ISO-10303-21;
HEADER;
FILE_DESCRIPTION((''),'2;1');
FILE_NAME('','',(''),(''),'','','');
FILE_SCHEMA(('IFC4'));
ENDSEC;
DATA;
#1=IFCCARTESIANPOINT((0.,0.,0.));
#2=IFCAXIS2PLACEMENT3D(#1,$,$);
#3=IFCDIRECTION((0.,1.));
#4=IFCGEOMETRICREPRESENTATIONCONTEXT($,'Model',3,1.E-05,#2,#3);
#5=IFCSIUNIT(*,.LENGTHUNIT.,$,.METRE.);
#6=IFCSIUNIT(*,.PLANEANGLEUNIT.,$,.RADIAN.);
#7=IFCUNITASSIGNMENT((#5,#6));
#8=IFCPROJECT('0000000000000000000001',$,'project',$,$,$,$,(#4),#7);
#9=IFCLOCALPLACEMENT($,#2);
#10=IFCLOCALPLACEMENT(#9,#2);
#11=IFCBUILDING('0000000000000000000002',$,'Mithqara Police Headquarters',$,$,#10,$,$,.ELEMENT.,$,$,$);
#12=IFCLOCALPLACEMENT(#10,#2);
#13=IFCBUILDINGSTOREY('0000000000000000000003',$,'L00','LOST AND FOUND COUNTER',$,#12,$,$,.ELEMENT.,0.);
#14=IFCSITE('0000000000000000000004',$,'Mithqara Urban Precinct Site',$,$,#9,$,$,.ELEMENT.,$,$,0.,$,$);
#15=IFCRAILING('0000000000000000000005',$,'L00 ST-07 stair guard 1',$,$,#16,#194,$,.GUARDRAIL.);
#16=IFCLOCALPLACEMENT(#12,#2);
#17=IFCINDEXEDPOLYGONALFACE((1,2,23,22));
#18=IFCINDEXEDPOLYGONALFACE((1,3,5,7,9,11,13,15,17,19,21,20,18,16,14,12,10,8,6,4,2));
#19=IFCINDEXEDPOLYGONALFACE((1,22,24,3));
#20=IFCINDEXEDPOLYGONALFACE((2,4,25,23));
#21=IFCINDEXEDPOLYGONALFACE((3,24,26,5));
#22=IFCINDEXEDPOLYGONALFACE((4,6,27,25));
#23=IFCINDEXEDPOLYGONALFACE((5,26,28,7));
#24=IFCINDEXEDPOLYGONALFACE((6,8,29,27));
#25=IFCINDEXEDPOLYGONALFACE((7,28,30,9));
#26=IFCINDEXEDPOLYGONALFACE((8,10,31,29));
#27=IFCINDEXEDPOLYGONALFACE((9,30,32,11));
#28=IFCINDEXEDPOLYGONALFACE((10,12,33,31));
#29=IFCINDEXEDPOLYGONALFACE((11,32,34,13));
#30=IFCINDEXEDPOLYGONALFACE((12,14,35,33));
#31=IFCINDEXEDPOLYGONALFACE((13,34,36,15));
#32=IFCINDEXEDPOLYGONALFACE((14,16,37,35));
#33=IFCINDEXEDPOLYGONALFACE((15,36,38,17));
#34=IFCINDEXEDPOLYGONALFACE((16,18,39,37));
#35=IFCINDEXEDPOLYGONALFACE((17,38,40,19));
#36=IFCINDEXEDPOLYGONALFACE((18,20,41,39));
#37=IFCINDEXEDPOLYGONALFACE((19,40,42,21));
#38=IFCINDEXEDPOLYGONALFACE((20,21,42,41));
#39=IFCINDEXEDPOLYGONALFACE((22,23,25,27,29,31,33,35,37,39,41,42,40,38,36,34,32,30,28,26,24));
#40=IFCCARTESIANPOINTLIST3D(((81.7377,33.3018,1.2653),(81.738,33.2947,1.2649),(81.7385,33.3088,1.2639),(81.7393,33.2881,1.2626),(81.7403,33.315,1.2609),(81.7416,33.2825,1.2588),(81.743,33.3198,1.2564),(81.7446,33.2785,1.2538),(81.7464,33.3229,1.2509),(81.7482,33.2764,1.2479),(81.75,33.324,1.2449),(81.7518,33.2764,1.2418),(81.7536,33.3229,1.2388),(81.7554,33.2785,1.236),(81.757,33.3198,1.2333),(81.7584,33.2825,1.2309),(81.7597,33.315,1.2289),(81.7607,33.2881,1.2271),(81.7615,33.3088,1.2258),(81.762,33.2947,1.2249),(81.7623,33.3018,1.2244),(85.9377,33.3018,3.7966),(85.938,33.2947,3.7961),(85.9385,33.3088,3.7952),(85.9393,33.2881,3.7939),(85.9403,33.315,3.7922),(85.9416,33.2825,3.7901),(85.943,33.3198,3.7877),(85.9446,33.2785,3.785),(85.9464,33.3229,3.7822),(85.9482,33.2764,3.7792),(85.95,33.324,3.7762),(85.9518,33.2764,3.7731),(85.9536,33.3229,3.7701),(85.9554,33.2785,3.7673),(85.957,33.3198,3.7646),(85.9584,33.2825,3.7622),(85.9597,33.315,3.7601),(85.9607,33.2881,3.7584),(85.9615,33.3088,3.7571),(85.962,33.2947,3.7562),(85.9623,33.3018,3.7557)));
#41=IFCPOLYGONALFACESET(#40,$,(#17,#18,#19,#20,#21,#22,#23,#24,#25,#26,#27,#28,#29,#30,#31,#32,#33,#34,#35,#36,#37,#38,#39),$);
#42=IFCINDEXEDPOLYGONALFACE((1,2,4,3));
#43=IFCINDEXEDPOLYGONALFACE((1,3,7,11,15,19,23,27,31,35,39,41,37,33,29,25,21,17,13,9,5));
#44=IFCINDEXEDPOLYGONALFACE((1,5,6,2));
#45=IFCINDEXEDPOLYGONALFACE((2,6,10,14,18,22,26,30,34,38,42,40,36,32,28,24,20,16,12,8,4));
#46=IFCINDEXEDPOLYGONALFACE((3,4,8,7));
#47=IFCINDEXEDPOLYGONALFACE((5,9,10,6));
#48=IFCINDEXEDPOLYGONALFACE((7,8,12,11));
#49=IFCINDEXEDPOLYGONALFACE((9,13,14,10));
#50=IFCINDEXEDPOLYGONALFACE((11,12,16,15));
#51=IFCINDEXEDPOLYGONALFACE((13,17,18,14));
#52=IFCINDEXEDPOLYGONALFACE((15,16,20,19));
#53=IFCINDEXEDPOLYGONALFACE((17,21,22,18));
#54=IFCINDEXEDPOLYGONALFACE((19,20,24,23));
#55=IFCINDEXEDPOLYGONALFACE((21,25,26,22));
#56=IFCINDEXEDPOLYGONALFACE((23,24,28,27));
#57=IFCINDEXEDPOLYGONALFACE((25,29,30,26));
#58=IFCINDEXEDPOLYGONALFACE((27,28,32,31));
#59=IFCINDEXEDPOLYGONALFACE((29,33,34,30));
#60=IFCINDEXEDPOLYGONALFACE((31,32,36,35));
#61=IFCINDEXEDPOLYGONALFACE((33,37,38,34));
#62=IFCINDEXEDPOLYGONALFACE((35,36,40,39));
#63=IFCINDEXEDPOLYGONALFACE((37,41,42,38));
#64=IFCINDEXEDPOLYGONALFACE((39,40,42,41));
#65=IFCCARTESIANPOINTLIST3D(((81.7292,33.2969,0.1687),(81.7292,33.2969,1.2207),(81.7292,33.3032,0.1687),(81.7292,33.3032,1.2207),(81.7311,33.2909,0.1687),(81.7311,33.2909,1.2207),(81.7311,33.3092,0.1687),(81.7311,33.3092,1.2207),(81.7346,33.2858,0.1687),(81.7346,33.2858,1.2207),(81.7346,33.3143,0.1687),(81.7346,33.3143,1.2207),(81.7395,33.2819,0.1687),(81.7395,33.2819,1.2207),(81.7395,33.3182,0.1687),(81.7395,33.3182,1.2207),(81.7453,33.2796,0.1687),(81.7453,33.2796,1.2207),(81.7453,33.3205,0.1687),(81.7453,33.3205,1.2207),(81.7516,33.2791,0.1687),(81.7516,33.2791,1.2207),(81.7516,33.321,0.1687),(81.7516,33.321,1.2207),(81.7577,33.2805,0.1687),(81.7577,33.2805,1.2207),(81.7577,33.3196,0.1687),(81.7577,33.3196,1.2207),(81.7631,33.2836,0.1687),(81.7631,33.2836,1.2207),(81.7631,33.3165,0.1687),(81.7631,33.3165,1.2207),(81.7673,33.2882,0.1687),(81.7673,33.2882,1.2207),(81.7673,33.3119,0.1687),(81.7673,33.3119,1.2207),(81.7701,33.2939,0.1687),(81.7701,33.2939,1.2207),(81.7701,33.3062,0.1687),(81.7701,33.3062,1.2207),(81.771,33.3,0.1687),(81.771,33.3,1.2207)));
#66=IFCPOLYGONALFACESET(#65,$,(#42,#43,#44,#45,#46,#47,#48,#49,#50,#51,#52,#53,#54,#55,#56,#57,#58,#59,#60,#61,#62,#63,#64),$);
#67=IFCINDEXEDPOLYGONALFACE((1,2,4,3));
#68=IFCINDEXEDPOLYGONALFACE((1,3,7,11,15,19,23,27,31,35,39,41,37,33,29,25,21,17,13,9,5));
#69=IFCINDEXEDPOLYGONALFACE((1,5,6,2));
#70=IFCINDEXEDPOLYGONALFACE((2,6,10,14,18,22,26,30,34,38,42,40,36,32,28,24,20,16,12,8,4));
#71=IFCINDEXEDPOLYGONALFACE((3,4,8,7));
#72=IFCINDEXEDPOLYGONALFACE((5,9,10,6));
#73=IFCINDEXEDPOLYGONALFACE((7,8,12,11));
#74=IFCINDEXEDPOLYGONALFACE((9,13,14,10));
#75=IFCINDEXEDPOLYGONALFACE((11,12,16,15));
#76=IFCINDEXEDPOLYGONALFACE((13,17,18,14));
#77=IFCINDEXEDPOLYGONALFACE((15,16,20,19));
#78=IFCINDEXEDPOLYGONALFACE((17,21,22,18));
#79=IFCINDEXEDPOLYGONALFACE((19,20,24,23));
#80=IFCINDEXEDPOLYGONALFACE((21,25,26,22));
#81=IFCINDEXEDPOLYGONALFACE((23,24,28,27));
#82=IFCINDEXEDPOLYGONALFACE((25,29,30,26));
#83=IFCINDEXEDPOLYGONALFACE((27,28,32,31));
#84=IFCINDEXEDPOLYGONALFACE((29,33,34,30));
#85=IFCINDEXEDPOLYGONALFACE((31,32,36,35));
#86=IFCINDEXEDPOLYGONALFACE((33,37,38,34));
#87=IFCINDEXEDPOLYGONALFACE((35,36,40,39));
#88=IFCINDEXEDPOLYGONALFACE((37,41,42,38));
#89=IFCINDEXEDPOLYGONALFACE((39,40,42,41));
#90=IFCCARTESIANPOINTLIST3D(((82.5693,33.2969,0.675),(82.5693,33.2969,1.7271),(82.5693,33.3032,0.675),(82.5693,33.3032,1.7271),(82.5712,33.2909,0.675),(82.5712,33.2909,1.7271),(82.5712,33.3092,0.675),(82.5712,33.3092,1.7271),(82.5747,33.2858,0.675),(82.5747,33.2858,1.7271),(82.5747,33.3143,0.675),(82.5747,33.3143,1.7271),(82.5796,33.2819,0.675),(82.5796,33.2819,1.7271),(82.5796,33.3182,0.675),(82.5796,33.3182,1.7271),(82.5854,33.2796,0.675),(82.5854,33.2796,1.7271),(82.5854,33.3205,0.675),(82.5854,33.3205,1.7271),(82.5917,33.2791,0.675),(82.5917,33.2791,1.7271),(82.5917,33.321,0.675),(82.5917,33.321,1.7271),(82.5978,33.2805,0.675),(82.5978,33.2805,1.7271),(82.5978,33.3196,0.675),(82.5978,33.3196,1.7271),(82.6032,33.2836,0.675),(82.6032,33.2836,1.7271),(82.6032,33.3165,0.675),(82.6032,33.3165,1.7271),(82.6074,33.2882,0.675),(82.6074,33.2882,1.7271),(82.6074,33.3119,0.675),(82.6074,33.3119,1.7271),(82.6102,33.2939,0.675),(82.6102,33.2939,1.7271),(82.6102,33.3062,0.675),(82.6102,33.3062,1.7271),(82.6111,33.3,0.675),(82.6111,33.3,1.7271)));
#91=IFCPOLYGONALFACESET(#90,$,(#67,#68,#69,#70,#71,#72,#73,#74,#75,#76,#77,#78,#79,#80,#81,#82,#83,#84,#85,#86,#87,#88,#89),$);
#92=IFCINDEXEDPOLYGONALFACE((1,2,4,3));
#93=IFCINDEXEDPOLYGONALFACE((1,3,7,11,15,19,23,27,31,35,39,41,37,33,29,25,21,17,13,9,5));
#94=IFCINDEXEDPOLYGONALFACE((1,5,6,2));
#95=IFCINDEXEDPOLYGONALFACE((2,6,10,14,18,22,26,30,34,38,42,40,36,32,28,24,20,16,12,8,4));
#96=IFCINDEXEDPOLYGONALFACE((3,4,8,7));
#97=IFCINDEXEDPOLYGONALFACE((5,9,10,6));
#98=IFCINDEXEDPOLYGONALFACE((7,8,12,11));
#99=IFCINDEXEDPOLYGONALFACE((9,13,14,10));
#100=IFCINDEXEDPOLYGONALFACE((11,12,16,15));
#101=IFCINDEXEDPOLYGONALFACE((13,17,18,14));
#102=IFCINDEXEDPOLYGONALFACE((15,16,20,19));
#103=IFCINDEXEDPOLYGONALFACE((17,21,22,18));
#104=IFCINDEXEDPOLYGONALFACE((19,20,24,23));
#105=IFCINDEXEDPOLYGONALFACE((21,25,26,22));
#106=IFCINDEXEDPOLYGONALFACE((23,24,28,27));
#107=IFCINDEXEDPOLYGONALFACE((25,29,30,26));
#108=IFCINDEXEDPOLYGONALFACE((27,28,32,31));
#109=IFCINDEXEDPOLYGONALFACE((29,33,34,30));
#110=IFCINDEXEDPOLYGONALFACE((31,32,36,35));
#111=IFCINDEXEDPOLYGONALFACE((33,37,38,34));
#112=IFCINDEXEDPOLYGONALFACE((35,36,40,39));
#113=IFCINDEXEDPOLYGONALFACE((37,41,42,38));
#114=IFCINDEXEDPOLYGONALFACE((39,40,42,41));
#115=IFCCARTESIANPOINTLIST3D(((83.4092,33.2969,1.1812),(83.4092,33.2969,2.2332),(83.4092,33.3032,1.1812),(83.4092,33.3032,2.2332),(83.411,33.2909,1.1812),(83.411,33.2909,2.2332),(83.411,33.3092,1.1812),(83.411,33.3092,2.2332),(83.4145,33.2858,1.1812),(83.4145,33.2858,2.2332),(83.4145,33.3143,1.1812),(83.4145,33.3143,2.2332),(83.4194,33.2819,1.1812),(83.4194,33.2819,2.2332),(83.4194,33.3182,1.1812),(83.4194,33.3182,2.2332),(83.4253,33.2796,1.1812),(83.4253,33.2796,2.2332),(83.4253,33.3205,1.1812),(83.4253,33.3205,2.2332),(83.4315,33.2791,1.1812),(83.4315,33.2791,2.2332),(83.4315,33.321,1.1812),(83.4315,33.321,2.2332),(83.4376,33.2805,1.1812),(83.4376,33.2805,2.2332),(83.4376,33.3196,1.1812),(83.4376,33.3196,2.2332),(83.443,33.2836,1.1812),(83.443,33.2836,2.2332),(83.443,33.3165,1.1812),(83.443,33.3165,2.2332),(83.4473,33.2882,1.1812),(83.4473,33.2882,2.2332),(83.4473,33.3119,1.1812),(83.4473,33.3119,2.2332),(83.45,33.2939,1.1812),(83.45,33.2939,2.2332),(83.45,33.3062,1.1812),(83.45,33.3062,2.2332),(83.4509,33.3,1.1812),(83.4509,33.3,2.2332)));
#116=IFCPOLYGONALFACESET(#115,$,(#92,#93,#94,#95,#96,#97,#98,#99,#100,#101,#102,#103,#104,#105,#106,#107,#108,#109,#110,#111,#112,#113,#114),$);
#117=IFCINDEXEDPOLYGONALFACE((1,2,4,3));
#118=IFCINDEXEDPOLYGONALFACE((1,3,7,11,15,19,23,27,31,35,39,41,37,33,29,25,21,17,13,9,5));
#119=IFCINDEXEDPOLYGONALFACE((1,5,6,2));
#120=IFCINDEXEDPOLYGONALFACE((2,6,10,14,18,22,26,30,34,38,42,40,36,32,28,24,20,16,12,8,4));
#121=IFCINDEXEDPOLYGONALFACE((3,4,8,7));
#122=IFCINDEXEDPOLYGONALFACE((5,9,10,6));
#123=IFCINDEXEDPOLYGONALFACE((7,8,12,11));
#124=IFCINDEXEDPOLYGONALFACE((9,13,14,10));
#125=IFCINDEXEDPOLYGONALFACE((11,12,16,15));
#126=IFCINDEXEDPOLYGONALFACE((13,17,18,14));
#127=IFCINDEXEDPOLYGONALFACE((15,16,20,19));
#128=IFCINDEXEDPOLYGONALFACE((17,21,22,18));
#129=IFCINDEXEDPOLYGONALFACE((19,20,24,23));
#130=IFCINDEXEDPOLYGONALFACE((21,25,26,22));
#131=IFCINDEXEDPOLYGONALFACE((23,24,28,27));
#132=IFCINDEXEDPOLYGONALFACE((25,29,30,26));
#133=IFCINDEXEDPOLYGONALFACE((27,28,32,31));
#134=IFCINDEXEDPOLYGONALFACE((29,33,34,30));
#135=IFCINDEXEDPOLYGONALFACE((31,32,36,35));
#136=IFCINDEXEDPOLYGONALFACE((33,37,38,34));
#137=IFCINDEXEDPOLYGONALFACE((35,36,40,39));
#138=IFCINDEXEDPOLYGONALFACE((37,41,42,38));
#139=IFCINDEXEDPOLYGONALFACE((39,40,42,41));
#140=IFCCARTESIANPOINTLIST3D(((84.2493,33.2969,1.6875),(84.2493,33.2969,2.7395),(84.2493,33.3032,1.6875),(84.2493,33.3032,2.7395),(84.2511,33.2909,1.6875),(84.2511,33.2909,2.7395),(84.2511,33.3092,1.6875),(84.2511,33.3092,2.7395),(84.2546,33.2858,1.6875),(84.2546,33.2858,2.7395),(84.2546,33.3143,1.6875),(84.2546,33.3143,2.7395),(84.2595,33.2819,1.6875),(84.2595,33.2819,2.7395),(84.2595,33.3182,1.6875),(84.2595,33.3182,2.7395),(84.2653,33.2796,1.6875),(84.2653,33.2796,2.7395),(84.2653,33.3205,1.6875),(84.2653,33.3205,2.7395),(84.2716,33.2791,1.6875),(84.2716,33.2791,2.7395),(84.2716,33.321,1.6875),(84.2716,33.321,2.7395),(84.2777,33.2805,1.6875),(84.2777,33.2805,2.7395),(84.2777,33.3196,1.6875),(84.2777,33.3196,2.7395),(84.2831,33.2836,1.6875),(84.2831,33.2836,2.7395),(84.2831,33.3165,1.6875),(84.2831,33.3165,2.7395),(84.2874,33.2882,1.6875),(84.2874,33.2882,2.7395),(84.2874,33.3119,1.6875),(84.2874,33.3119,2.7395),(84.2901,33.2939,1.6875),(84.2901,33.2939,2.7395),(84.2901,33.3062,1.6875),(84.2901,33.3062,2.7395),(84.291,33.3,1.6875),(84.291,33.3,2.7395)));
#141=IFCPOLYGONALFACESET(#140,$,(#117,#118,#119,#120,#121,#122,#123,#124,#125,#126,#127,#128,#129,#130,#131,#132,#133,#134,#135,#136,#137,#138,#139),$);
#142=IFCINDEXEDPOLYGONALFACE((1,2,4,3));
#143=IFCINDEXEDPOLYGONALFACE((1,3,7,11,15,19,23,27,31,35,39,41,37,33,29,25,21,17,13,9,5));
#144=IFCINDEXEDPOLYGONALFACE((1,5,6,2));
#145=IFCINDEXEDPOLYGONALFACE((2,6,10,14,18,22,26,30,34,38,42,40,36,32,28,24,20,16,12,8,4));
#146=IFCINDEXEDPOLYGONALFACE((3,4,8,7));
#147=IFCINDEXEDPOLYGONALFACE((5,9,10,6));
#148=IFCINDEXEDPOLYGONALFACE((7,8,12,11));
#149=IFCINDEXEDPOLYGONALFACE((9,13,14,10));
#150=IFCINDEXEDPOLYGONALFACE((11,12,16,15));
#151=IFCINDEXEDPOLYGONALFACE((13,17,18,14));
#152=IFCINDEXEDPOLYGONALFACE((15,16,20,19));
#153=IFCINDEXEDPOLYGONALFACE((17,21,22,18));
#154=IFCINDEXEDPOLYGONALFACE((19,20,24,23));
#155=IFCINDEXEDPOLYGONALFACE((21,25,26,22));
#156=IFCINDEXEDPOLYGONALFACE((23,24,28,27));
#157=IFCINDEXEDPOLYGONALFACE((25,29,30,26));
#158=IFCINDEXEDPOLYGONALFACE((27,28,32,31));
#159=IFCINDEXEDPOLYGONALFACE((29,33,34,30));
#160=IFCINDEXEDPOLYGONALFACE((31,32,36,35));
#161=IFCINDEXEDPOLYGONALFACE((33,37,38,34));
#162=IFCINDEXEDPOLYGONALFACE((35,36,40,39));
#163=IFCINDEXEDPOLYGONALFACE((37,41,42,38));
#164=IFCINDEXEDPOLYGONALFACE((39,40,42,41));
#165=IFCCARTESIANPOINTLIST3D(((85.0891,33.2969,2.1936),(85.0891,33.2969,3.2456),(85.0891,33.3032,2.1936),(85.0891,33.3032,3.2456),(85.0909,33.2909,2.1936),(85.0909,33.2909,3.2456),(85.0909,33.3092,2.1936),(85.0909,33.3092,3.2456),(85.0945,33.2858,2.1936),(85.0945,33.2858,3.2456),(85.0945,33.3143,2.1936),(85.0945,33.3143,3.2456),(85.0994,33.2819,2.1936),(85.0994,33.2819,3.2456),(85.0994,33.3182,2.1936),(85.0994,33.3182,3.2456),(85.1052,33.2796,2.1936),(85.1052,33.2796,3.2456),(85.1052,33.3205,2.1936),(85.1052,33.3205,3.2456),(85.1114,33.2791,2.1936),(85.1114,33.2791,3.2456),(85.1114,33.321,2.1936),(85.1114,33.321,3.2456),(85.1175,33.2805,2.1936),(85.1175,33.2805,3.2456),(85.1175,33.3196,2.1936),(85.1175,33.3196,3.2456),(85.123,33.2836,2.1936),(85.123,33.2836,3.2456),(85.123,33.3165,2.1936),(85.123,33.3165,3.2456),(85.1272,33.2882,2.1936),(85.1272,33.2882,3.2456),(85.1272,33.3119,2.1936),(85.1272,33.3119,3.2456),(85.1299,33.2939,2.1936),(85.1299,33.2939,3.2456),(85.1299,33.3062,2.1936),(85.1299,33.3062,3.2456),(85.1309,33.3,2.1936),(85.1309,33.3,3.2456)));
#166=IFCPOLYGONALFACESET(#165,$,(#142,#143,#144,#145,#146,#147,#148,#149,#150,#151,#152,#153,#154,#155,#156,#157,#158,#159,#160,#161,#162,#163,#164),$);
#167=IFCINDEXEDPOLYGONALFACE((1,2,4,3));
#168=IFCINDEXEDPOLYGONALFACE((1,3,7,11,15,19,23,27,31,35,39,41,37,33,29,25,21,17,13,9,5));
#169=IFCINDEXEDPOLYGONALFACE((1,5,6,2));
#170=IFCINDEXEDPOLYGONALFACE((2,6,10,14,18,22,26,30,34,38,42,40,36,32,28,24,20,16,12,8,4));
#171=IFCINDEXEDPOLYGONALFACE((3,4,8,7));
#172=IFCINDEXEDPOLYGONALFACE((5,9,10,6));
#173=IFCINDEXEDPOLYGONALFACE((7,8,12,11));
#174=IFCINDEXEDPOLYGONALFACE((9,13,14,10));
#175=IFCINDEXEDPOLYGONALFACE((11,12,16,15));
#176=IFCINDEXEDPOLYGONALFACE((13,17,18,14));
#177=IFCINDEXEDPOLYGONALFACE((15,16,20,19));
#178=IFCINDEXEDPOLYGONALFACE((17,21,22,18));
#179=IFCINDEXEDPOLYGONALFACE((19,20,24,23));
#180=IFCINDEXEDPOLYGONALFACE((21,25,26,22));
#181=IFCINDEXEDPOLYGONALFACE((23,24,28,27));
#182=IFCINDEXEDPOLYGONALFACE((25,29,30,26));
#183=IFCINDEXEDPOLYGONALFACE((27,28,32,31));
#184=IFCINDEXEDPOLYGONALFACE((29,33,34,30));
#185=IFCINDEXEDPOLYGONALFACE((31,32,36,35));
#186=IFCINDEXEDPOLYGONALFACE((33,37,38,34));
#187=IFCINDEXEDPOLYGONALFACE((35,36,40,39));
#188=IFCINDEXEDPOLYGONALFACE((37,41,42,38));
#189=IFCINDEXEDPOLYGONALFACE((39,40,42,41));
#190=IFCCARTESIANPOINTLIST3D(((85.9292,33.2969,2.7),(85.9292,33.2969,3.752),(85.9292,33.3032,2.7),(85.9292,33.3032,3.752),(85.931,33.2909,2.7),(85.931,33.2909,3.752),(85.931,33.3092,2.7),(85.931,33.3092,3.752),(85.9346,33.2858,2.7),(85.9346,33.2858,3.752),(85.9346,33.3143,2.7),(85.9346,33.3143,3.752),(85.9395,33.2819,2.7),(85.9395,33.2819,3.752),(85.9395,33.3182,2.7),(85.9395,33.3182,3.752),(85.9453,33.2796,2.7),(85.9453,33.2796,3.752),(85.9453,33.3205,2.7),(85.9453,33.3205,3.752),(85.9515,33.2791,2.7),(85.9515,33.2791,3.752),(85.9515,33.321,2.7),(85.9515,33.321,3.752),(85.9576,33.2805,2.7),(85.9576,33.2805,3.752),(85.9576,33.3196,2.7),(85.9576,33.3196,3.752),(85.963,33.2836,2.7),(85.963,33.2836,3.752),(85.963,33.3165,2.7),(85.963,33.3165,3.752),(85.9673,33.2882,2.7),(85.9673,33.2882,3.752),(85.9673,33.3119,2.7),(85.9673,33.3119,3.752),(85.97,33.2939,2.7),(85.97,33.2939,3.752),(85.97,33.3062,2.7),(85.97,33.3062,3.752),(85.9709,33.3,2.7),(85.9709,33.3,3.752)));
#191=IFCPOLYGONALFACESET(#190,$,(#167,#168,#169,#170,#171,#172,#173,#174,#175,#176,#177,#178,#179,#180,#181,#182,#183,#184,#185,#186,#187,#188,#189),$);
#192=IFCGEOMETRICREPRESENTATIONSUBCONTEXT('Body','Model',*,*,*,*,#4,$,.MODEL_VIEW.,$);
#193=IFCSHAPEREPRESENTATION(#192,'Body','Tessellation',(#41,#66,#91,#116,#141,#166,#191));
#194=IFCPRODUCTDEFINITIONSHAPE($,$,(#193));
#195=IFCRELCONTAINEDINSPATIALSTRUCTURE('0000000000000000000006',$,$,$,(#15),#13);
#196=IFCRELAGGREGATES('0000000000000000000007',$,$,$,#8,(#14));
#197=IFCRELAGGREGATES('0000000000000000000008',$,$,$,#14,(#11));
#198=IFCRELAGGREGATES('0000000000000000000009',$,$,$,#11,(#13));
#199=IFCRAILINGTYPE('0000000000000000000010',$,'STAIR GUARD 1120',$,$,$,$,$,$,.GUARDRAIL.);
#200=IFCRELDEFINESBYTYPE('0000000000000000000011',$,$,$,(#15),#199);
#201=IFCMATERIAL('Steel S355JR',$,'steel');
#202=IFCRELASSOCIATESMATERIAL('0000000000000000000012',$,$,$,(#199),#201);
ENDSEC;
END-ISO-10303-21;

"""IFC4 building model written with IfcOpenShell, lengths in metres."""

from ifc_helpers import new_model, si_unit, direction, frame, origin, origin_2d, place, context, subcontext, project, spatial, circle, extrude, material, type_object, element, save


model = new_model("IFC4")

# Units and contexts
model_context = context("Model", 3, precision=1e-05, world=origin(), true_north=direction((0.0, 1.0)))
body_context = subcontext(model_context, "Body", "Model", "MODEL_VIEW")
ifc_project = project(units=[si_unit("LENGTHUNIT", "METRE"), si_unit("PLANEANGLEUNIT", "RADIAN")], contexts=[model_context])

# Site, building, storey
site_placement = place(None, origin())
site = spatial("IfcSite", under=ifc_project, at=site_placement, Name="Mithqara Urban Precinct Site", CompositionType="ELEMENT", RefElevation=0.0)
building_placement = place(site_placement, origin())
building = spatial("IfcBuilding", under=site, at=building_placement, Name="Mithqara Police Headquarters", CompositionType="ELEMENT")
storey_placement = place(building_placement, origin())
storey = spatial("IfcBuildingStorey", under=building, at=storey_placement, Name="L00", Description="LOST AND FOUND COUNTER", CompositionType="ELEMENT", Elevation=0.0)

# Shared definitions
ifc_material_1 = material(Name="Steel S355JR", Category="steel")

# Railing
railing_type_1 = type_object("IfcRailingType", Name="STAIR GUARD 1120", PredefinedType="GUARDRAIL", material=ifc_material_1)
railing_1_placement = place(storey_placement, frame((81.75, 33.3, 0.1687)))
element("IfcRailing", 1, at=railing_1_placement, inside=storey, type_object=railing_type_1, Name="L00 ST-07 stair guard 1", PredefinedType="GUARDRAIL", context=body_context, shape_type="SweptSolid", body=[
    extrude(circle(Radius=0.0239, at=origin_2d()), frame((0.0, 0.0, 1.0762), z_axis=(0.856476, 0.0, 0.516186), x_axis=(0.0, 1.0, 0.0)), (0.0, 0.0, 1.0), 4.9038),
    extrude(circle(Radius=0.021, at=origin_2d()), origin(), (0.0, 0.0, 1.0), 1.052),
    extrude(circle(Radius=0.021, at=origin_2d()), frame((0.8401, 0.0, 0.5063)), (0.0, 0.0, 1.0), 1.052),
    extrude(circle(Radius=0.021, at=origin_2d()), frame((1.6799, 0.0, 1.0125)), (0.0, 0.0, 1.0), 1.052),
    extrude(circle(Radius=0.021, at=origin_2d()), frame((2.52, 0.0, 1.5188)), (0.0, 0.0, 1.0), 1.052),
    extrude(circle(Radius=0.021, at=origin_2d()), frame((3.3599, 0.0, 2.0249)), (0.0, 0.0, 1.0), 1.052),
    extrude(circle(Radius=0.021, at=origin_2d()), frame((4.2, 0.0, 2.5312)), (0.0, 0.0, 1.0), 1.052),
])

save(model, "model.ifc")
